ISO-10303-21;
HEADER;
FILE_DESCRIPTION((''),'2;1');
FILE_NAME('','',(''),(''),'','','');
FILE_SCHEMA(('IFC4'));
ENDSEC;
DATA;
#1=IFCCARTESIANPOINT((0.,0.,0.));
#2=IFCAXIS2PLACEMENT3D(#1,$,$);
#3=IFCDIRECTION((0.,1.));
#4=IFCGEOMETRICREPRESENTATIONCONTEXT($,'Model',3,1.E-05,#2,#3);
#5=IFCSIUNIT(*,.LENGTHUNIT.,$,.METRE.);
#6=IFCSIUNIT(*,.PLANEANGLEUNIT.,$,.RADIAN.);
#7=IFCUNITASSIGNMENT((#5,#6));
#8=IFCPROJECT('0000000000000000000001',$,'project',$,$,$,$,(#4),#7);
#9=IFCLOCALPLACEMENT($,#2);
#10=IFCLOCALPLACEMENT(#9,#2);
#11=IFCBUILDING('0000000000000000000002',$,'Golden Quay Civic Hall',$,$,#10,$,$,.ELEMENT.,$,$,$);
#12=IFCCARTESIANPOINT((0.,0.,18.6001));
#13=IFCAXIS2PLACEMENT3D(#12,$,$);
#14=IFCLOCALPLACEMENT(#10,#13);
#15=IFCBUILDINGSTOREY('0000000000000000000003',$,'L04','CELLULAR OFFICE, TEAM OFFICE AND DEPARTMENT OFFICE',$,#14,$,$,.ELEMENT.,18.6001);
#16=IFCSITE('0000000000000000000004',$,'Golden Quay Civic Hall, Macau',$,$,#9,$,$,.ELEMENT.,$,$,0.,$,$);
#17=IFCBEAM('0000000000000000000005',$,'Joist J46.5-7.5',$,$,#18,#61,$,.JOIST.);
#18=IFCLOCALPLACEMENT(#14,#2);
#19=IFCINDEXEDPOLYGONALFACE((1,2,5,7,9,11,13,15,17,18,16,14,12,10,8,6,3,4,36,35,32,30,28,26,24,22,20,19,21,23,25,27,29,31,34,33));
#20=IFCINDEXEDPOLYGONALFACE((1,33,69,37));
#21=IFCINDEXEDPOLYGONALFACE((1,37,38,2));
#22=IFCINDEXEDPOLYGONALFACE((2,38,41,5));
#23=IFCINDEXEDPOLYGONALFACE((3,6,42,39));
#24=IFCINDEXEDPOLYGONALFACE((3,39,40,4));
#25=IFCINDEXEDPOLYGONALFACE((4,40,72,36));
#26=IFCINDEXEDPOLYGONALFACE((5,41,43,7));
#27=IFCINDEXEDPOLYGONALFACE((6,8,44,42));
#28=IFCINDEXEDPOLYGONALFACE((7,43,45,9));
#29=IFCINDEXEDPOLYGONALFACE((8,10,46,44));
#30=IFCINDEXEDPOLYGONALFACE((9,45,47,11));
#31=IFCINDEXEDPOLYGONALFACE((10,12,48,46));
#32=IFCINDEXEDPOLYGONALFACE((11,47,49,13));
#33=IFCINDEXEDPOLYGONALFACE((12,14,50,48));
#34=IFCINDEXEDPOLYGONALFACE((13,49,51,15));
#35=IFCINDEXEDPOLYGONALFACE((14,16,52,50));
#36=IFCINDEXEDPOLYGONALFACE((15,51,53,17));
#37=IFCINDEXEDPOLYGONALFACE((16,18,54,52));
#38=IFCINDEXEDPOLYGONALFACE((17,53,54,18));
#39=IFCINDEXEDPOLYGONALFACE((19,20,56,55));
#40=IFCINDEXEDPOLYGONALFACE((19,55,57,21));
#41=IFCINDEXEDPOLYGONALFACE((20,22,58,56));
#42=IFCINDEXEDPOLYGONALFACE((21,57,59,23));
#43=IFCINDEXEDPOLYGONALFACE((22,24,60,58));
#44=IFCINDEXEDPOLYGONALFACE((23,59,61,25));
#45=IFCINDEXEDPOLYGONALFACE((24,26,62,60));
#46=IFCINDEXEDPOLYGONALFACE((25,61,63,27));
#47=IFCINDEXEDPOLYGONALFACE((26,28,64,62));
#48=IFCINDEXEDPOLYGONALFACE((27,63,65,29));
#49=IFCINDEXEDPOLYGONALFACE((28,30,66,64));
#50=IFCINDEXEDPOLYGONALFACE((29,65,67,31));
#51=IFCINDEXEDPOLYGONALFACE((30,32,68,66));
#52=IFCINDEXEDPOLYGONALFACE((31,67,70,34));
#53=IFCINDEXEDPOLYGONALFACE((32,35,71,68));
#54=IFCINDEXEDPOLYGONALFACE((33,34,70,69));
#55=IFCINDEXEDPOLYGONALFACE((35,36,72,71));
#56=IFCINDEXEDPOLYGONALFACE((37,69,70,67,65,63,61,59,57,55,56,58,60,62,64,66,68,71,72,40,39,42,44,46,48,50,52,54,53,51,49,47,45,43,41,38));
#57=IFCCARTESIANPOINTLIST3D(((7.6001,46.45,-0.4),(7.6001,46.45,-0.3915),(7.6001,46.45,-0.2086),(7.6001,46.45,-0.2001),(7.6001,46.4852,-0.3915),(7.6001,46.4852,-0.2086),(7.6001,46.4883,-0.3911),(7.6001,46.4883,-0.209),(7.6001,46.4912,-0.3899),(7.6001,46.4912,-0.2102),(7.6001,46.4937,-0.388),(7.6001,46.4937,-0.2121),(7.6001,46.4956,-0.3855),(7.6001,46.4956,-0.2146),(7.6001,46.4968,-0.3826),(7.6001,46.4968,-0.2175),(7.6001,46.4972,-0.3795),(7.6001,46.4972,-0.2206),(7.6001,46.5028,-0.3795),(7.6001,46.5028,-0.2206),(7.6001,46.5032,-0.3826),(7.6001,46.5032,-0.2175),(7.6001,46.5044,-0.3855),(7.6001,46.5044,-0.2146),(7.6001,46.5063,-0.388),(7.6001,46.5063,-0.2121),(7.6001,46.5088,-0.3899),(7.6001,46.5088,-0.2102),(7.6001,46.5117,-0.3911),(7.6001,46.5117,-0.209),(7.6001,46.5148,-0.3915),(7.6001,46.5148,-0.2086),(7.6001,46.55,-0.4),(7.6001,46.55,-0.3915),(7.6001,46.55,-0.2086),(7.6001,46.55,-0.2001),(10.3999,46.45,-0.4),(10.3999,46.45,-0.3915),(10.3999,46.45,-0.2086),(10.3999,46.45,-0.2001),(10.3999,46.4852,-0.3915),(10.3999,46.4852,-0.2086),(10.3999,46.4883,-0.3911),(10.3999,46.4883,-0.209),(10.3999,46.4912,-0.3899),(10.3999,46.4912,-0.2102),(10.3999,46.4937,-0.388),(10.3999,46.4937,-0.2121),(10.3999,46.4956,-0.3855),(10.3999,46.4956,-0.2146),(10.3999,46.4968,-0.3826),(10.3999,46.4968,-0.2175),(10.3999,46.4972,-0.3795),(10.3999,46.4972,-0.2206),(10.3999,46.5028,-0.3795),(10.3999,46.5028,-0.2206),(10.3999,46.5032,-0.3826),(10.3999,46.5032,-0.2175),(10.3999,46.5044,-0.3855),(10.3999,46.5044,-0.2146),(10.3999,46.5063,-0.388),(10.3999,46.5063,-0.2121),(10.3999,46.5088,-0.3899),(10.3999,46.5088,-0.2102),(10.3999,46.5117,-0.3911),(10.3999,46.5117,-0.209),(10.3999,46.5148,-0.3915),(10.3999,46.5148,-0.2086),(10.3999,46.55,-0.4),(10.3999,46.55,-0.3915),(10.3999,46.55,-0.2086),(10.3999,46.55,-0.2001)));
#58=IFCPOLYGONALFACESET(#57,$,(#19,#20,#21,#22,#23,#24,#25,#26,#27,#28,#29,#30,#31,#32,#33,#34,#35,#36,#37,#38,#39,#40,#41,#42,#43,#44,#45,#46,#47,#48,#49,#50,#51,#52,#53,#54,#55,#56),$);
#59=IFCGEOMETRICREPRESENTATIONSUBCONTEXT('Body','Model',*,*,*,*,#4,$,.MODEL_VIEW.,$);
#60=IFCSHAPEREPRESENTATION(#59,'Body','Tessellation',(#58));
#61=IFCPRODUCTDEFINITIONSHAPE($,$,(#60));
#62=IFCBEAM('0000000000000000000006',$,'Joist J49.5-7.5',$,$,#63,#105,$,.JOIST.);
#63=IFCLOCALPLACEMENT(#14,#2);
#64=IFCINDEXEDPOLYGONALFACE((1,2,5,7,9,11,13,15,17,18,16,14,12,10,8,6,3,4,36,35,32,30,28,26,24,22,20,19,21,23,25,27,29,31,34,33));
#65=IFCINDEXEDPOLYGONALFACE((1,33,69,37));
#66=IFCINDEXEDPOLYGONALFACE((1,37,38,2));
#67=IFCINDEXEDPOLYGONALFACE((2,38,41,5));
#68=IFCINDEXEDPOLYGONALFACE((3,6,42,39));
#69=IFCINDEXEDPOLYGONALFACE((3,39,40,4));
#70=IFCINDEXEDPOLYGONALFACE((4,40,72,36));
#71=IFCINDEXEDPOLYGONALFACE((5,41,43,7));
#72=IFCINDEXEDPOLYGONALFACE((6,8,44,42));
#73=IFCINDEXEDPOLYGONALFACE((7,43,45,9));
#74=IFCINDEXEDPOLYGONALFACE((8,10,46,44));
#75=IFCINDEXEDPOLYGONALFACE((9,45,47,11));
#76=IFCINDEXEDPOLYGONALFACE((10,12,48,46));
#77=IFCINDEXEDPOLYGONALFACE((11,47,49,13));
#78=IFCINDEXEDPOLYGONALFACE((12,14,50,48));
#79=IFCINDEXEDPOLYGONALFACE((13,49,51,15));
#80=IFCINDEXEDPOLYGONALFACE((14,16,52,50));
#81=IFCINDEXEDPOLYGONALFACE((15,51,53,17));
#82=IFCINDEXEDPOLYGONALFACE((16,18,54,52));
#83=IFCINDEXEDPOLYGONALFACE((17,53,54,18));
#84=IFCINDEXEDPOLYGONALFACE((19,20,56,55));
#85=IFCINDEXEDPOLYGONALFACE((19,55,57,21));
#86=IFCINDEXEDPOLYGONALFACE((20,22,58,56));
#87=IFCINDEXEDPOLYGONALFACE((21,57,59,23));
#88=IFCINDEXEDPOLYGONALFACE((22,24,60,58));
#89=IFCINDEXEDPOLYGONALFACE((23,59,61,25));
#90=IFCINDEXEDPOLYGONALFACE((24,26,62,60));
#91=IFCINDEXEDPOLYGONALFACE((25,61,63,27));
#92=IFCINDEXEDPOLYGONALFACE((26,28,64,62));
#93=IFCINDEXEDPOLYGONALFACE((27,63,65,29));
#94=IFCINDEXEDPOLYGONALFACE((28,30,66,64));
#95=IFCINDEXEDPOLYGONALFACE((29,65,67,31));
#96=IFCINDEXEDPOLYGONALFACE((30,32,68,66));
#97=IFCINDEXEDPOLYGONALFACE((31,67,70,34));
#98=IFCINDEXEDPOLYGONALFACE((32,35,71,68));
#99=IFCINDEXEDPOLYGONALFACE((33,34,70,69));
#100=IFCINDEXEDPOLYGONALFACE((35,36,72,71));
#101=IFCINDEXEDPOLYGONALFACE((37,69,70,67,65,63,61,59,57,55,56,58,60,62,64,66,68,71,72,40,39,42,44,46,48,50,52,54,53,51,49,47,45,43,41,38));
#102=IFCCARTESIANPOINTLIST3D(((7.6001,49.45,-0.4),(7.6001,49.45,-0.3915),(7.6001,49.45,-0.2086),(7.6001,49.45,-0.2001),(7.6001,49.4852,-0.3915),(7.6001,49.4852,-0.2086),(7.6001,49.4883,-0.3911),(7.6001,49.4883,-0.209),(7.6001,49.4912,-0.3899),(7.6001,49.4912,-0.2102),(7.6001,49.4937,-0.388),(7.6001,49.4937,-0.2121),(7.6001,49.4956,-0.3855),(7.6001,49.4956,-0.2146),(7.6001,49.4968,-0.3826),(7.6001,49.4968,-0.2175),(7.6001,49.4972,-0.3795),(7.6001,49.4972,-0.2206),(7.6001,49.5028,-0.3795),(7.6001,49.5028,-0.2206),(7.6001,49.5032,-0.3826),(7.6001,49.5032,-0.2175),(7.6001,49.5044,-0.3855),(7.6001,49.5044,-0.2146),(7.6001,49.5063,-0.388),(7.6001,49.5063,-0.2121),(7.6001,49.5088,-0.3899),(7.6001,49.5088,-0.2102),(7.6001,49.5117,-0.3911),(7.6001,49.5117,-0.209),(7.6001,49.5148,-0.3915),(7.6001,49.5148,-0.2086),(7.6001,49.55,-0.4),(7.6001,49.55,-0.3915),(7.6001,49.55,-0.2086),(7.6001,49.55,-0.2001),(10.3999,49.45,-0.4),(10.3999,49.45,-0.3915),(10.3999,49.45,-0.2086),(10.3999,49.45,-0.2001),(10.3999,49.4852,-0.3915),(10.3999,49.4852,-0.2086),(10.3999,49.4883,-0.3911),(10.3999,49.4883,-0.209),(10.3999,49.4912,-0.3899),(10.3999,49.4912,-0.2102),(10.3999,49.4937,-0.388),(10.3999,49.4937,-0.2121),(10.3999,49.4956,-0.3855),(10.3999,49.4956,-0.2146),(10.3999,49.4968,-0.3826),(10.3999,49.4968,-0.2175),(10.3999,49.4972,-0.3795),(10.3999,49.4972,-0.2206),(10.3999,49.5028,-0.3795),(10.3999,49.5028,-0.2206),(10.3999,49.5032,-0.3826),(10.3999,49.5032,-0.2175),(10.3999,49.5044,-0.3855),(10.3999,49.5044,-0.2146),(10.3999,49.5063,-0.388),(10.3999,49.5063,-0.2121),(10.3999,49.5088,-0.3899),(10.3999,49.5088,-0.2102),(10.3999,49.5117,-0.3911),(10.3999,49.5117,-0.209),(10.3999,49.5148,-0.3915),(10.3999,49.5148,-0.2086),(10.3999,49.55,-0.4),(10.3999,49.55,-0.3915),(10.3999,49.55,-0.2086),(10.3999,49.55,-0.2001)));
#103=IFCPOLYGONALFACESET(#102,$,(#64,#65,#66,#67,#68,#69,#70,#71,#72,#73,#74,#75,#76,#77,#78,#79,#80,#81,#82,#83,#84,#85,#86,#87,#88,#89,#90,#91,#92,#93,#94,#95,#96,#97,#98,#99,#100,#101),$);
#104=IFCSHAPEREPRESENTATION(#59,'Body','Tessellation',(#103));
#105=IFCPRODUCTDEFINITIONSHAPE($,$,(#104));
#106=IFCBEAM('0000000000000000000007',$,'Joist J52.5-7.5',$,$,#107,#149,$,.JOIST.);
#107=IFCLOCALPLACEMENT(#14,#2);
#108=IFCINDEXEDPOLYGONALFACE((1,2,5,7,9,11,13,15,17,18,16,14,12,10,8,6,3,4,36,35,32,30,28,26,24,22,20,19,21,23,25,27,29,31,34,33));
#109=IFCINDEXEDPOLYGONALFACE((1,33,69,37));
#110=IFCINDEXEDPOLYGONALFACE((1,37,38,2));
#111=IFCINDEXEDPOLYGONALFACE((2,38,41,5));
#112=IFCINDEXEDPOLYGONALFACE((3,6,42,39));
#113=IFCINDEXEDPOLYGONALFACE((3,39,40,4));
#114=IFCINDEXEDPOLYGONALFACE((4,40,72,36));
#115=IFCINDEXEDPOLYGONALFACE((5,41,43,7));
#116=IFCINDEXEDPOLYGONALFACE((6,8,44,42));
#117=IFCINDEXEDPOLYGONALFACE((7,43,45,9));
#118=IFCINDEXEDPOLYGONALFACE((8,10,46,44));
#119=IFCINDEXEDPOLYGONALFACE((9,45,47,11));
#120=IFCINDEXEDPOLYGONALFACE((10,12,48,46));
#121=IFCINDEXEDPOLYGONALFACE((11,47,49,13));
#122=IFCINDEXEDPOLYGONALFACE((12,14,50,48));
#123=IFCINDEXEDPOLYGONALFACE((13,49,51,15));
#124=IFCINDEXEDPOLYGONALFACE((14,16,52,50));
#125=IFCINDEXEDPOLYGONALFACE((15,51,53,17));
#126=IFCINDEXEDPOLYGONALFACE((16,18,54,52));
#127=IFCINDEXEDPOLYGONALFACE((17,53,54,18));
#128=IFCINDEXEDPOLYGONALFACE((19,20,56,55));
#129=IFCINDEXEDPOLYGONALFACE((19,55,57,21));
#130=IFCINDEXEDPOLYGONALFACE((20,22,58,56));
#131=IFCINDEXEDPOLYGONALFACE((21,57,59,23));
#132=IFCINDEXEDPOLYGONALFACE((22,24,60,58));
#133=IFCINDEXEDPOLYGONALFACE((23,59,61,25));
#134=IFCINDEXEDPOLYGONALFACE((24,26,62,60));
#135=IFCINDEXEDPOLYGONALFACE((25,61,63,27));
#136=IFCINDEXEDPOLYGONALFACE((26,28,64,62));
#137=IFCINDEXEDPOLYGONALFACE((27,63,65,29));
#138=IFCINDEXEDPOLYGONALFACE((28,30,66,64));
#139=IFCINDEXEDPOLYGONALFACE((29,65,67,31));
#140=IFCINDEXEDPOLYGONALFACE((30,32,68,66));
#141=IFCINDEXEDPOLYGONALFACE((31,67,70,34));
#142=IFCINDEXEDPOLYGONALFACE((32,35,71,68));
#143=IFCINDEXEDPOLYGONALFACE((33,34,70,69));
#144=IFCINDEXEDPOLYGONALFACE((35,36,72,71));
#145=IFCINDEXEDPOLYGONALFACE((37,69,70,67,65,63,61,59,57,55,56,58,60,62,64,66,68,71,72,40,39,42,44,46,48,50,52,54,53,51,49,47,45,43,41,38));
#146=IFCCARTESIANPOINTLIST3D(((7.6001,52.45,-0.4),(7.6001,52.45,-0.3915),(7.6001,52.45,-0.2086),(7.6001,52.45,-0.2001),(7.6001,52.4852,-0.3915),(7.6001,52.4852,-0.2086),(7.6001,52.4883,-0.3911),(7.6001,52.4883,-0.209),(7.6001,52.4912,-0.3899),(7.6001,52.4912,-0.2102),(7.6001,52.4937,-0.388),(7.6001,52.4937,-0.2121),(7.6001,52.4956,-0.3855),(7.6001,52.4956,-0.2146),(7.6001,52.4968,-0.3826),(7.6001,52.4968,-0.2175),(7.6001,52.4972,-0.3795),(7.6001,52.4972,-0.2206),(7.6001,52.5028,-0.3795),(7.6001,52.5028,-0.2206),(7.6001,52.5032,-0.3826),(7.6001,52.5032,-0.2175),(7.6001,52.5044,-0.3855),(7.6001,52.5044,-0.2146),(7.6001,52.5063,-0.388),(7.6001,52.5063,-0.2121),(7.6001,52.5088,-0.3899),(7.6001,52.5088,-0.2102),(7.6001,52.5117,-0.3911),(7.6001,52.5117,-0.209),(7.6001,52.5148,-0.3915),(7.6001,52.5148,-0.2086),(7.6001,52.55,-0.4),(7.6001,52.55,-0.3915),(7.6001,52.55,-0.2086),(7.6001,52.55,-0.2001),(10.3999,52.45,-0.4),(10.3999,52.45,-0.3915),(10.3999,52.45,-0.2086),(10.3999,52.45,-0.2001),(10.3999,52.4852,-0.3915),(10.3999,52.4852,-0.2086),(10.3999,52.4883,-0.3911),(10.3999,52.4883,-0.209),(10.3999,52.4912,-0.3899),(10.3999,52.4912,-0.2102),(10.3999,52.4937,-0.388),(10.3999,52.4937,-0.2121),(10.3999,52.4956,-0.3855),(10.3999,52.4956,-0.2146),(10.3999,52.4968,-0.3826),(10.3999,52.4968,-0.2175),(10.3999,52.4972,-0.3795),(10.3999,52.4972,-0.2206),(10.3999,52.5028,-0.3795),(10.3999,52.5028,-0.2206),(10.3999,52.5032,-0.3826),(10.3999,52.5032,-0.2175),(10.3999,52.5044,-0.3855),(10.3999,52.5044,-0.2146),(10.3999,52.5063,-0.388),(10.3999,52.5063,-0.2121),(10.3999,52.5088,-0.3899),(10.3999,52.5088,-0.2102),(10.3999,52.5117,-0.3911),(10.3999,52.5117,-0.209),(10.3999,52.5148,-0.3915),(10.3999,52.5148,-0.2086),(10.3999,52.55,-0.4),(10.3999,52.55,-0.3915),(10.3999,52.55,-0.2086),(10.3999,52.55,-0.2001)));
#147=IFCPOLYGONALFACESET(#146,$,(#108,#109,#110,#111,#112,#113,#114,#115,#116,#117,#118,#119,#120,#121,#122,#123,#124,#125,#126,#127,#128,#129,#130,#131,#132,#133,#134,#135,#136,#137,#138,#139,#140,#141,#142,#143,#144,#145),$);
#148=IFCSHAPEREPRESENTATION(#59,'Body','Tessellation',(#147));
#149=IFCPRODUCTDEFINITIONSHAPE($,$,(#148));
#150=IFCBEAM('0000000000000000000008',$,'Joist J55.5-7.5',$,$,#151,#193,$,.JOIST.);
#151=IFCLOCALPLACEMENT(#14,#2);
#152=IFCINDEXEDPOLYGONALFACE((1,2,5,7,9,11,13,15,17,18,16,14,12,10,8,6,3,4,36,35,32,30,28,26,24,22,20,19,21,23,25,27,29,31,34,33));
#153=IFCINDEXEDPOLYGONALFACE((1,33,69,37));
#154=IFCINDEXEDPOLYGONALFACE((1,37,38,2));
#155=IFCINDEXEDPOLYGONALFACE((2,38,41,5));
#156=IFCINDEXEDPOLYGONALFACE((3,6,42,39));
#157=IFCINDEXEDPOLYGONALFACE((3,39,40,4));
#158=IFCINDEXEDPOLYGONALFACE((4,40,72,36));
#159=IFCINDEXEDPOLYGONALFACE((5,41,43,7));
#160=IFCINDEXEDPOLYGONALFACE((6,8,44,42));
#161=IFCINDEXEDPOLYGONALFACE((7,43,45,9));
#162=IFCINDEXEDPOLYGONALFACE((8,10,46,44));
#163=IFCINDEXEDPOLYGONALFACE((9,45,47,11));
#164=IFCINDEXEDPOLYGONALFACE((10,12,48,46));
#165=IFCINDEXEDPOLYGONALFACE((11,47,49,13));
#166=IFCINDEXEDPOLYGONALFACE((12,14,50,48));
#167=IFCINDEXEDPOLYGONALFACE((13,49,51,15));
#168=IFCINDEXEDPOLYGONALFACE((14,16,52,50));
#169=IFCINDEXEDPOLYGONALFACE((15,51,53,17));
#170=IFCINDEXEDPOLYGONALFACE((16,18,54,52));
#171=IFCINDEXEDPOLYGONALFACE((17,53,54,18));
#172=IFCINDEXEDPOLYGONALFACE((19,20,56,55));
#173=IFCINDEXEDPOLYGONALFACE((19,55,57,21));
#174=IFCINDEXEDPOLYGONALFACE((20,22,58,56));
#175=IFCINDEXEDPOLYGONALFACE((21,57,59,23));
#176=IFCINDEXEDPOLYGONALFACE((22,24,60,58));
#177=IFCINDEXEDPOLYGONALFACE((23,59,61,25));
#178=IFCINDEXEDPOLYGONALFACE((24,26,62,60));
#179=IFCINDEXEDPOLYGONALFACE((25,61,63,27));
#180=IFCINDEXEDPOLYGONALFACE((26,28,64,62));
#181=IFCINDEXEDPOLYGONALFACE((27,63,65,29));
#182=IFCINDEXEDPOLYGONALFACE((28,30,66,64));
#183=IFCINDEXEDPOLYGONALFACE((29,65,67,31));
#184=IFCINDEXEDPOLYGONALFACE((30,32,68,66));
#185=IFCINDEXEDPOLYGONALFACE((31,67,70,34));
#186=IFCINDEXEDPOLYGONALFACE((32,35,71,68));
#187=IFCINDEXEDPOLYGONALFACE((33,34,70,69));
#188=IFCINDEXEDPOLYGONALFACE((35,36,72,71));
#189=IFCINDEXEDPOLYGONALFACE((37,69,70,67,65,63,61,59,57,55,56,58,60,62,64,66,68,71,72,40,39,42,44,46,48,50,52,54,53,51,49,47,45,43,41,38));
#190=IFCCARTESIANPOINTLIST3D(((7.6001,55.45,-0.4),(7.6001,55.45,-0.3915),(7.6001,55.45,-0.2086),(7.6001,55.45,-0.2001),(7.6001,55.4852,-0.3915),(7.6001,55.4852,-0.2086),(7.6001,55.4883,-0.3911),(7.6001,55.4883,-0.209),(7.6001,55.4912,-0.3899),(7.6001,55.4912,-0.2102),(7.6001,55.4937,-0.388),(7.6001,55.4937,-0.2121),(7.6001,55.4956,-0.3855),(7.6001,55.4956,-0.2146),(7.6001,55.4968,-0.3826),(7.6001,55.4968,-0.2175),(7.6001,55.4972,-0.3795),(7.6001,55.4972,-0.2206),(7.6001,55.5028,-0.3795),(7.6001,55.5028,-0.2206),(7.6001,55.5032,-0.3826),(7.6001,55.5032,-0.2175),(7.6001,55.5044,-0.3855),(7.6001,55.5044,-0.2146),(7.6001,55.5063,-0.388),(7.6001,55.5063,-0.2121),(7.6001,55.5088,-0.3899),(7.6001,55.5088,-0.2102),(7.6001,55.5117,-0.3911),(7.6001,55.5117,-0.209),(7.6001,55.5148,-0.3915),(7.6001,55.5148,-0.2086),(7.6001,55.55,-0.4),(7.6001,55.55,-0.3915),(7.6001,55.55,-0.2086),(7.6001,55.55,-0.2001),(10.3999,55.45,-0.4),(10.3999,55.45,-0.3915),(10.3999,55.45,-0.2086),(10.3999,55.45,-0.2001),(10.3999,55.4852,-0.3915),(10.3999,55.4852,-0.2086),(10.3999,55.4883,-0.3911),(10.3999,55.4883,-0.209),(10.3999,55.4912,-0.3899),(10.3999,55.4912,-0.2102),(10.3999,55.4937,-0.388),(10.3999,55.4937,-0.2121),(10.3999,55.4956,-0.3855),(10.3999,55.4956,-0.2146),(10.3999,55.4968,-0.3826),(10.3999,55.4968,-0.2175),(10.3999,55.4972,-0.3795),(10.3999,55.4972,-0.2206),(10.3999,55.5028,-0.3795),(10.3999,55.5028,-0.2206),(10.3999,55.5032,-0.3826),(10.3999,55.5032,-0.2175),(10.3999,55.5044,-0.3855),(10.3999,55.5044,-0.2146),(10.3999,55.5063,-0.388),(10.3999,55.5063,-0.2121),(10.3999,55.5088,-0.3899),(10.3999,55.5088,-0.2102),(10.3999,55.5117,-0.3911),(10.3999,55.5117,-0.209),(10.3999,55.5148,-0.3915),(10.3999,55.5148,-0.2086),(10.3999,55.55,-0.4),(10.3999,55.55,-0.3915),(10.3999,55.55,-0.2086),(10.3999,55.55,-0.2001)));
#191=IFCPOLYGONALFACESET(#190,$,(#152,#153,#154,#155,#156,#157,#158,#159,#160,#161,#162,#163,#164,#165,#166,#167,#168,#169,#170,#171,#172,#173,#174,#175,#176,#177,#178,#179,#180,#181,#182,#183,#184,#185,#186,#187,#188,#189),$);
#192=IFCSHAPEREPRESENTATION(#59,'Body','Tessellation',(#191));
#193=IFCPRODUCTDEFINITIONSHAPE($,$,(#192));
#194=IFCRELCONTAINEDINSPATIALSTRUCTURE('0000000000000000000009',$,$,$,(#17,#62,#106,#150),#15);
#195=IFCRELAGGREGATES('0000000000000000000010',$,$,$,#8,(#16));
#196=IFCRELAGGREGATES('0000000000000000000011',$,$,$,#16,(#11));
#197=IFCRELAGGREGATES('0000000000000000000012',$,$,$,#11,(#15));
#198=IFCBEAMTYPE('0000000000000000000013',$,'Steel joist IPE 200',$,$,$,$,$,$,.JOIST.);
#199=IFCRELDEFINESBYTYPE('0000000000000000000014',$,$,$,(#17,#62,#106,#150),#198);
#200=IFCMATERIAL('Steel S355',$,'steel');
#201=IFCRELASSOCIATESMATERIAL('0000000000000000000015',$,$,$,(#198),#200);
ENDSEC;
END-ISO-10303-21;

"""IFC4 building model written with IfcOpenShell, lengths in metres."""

from ifc_helpers import new_model, si_unit, direction, frame, origin, origin_2d, place, context, subcontext, project, spatial, i_section, extrude, material, material_profile, profile_set, type_object, element, save


model = new_model("IFC4")

# Units and contexts
model_context = context("Model", 3, precision=1e-05, world=origin(), true_north=direction((0.0, 1.0)))
body_context = subcontext(model_context, "Body", "Model", "MODEL_VIEW")
ifc_project = project(units=[si_unit("LENGTHUNIT", "METRE"), si_unit("PLANEANGLEUNIT", "RADIAN")], contexts=[model_context])

# Site, building, storey
site_placement = place(None, origin())
site = spatial("IfcSite", under=ifc_project, at=site_placement, Name="Golden Quay Civic Hall, Macau", CompositionType="ELEMENT", RefElevation=0.0)
building_placement = place(site_placement, origin())
building = spatial("IfcBuilding", under=site, at=building_placement, Name="Golden Quay Civic Hall", CompositionType="ELEMENT")
storey_placement = place(building_placement, frame((0.0, 0.0, 18.6001)))
storey = spatial("IfcBuildingStorey", under=building, at=storey_placement, Name="L04", Description="CELLULAR OFFICE, TEAM OFFICE AND DEPARTMENT OFFICE", CompositionType="ELEMENT", Elevation=18.6001)

# Beams
ifc_material_1 = material(Name="Steel S355", Category="steel")
ifc_material_profile_1 = material_profile(ifc_material_1, i_section(OverallWidth=0.1001, OverallDepth=0.2, WebThickness=0.0056, FlangeThickness=0.0085, FilletRadius=0.012, at=origin_2d()), Name="IPE 200")
ifc_profile_set_1 = profile_set([ifc_material_profile_1], Name="Steel S355")
beam_type_1 = type_object("IfcBeamType", Name="Steel joist IPE 200", PredefinedType="JOIST", material=ifc_profile_set_1)
for number, where, z_axis, x_axis, name in (
    (1, (7.6001, 46.5, -0.3), (1.0, 0.0, 0.0), (0.0, 1.0, 0.0), "Joist J46.5-7.5"),
    (2, (7.6001, 49.5, -0.3), (1.0, 0.0, 0.0), (0.0, 1.0, 0.0), "Joist J49.5-7.5"),
    (3, (7.6001, 52.5, -0.3), (1.0, 0.0, 0.0), (0.0, 1.0, 0.0), "Joist J52.5-7.5"),
    (4, (7.6001, 55.5, -0.3), (1.0, 0.0, 0.0), (0.0, 1.0, 0.0), "Joist J55.5-7.5"),
):
    element("IfcBeam", number, at=place(storey_placement, frame(where, z_axis=z_axis, x_axis=x_axis)), inside=storey, type_object=beam_type_1, Name=name, PredefinedType="JOIST", context=body_context, shape_type="SweptSolid", body=[
        extrude(i_section(OverallWidth=0.1001, OverallDepth=0.2, WebThickness=0.0056, FlangeThickness=0.0085, FilletRadius=0.012, at=origin_2d()), origin(), (0.0, 0.0, 1.0), 2.7998),
    ])

save(model, "model.ifc")
